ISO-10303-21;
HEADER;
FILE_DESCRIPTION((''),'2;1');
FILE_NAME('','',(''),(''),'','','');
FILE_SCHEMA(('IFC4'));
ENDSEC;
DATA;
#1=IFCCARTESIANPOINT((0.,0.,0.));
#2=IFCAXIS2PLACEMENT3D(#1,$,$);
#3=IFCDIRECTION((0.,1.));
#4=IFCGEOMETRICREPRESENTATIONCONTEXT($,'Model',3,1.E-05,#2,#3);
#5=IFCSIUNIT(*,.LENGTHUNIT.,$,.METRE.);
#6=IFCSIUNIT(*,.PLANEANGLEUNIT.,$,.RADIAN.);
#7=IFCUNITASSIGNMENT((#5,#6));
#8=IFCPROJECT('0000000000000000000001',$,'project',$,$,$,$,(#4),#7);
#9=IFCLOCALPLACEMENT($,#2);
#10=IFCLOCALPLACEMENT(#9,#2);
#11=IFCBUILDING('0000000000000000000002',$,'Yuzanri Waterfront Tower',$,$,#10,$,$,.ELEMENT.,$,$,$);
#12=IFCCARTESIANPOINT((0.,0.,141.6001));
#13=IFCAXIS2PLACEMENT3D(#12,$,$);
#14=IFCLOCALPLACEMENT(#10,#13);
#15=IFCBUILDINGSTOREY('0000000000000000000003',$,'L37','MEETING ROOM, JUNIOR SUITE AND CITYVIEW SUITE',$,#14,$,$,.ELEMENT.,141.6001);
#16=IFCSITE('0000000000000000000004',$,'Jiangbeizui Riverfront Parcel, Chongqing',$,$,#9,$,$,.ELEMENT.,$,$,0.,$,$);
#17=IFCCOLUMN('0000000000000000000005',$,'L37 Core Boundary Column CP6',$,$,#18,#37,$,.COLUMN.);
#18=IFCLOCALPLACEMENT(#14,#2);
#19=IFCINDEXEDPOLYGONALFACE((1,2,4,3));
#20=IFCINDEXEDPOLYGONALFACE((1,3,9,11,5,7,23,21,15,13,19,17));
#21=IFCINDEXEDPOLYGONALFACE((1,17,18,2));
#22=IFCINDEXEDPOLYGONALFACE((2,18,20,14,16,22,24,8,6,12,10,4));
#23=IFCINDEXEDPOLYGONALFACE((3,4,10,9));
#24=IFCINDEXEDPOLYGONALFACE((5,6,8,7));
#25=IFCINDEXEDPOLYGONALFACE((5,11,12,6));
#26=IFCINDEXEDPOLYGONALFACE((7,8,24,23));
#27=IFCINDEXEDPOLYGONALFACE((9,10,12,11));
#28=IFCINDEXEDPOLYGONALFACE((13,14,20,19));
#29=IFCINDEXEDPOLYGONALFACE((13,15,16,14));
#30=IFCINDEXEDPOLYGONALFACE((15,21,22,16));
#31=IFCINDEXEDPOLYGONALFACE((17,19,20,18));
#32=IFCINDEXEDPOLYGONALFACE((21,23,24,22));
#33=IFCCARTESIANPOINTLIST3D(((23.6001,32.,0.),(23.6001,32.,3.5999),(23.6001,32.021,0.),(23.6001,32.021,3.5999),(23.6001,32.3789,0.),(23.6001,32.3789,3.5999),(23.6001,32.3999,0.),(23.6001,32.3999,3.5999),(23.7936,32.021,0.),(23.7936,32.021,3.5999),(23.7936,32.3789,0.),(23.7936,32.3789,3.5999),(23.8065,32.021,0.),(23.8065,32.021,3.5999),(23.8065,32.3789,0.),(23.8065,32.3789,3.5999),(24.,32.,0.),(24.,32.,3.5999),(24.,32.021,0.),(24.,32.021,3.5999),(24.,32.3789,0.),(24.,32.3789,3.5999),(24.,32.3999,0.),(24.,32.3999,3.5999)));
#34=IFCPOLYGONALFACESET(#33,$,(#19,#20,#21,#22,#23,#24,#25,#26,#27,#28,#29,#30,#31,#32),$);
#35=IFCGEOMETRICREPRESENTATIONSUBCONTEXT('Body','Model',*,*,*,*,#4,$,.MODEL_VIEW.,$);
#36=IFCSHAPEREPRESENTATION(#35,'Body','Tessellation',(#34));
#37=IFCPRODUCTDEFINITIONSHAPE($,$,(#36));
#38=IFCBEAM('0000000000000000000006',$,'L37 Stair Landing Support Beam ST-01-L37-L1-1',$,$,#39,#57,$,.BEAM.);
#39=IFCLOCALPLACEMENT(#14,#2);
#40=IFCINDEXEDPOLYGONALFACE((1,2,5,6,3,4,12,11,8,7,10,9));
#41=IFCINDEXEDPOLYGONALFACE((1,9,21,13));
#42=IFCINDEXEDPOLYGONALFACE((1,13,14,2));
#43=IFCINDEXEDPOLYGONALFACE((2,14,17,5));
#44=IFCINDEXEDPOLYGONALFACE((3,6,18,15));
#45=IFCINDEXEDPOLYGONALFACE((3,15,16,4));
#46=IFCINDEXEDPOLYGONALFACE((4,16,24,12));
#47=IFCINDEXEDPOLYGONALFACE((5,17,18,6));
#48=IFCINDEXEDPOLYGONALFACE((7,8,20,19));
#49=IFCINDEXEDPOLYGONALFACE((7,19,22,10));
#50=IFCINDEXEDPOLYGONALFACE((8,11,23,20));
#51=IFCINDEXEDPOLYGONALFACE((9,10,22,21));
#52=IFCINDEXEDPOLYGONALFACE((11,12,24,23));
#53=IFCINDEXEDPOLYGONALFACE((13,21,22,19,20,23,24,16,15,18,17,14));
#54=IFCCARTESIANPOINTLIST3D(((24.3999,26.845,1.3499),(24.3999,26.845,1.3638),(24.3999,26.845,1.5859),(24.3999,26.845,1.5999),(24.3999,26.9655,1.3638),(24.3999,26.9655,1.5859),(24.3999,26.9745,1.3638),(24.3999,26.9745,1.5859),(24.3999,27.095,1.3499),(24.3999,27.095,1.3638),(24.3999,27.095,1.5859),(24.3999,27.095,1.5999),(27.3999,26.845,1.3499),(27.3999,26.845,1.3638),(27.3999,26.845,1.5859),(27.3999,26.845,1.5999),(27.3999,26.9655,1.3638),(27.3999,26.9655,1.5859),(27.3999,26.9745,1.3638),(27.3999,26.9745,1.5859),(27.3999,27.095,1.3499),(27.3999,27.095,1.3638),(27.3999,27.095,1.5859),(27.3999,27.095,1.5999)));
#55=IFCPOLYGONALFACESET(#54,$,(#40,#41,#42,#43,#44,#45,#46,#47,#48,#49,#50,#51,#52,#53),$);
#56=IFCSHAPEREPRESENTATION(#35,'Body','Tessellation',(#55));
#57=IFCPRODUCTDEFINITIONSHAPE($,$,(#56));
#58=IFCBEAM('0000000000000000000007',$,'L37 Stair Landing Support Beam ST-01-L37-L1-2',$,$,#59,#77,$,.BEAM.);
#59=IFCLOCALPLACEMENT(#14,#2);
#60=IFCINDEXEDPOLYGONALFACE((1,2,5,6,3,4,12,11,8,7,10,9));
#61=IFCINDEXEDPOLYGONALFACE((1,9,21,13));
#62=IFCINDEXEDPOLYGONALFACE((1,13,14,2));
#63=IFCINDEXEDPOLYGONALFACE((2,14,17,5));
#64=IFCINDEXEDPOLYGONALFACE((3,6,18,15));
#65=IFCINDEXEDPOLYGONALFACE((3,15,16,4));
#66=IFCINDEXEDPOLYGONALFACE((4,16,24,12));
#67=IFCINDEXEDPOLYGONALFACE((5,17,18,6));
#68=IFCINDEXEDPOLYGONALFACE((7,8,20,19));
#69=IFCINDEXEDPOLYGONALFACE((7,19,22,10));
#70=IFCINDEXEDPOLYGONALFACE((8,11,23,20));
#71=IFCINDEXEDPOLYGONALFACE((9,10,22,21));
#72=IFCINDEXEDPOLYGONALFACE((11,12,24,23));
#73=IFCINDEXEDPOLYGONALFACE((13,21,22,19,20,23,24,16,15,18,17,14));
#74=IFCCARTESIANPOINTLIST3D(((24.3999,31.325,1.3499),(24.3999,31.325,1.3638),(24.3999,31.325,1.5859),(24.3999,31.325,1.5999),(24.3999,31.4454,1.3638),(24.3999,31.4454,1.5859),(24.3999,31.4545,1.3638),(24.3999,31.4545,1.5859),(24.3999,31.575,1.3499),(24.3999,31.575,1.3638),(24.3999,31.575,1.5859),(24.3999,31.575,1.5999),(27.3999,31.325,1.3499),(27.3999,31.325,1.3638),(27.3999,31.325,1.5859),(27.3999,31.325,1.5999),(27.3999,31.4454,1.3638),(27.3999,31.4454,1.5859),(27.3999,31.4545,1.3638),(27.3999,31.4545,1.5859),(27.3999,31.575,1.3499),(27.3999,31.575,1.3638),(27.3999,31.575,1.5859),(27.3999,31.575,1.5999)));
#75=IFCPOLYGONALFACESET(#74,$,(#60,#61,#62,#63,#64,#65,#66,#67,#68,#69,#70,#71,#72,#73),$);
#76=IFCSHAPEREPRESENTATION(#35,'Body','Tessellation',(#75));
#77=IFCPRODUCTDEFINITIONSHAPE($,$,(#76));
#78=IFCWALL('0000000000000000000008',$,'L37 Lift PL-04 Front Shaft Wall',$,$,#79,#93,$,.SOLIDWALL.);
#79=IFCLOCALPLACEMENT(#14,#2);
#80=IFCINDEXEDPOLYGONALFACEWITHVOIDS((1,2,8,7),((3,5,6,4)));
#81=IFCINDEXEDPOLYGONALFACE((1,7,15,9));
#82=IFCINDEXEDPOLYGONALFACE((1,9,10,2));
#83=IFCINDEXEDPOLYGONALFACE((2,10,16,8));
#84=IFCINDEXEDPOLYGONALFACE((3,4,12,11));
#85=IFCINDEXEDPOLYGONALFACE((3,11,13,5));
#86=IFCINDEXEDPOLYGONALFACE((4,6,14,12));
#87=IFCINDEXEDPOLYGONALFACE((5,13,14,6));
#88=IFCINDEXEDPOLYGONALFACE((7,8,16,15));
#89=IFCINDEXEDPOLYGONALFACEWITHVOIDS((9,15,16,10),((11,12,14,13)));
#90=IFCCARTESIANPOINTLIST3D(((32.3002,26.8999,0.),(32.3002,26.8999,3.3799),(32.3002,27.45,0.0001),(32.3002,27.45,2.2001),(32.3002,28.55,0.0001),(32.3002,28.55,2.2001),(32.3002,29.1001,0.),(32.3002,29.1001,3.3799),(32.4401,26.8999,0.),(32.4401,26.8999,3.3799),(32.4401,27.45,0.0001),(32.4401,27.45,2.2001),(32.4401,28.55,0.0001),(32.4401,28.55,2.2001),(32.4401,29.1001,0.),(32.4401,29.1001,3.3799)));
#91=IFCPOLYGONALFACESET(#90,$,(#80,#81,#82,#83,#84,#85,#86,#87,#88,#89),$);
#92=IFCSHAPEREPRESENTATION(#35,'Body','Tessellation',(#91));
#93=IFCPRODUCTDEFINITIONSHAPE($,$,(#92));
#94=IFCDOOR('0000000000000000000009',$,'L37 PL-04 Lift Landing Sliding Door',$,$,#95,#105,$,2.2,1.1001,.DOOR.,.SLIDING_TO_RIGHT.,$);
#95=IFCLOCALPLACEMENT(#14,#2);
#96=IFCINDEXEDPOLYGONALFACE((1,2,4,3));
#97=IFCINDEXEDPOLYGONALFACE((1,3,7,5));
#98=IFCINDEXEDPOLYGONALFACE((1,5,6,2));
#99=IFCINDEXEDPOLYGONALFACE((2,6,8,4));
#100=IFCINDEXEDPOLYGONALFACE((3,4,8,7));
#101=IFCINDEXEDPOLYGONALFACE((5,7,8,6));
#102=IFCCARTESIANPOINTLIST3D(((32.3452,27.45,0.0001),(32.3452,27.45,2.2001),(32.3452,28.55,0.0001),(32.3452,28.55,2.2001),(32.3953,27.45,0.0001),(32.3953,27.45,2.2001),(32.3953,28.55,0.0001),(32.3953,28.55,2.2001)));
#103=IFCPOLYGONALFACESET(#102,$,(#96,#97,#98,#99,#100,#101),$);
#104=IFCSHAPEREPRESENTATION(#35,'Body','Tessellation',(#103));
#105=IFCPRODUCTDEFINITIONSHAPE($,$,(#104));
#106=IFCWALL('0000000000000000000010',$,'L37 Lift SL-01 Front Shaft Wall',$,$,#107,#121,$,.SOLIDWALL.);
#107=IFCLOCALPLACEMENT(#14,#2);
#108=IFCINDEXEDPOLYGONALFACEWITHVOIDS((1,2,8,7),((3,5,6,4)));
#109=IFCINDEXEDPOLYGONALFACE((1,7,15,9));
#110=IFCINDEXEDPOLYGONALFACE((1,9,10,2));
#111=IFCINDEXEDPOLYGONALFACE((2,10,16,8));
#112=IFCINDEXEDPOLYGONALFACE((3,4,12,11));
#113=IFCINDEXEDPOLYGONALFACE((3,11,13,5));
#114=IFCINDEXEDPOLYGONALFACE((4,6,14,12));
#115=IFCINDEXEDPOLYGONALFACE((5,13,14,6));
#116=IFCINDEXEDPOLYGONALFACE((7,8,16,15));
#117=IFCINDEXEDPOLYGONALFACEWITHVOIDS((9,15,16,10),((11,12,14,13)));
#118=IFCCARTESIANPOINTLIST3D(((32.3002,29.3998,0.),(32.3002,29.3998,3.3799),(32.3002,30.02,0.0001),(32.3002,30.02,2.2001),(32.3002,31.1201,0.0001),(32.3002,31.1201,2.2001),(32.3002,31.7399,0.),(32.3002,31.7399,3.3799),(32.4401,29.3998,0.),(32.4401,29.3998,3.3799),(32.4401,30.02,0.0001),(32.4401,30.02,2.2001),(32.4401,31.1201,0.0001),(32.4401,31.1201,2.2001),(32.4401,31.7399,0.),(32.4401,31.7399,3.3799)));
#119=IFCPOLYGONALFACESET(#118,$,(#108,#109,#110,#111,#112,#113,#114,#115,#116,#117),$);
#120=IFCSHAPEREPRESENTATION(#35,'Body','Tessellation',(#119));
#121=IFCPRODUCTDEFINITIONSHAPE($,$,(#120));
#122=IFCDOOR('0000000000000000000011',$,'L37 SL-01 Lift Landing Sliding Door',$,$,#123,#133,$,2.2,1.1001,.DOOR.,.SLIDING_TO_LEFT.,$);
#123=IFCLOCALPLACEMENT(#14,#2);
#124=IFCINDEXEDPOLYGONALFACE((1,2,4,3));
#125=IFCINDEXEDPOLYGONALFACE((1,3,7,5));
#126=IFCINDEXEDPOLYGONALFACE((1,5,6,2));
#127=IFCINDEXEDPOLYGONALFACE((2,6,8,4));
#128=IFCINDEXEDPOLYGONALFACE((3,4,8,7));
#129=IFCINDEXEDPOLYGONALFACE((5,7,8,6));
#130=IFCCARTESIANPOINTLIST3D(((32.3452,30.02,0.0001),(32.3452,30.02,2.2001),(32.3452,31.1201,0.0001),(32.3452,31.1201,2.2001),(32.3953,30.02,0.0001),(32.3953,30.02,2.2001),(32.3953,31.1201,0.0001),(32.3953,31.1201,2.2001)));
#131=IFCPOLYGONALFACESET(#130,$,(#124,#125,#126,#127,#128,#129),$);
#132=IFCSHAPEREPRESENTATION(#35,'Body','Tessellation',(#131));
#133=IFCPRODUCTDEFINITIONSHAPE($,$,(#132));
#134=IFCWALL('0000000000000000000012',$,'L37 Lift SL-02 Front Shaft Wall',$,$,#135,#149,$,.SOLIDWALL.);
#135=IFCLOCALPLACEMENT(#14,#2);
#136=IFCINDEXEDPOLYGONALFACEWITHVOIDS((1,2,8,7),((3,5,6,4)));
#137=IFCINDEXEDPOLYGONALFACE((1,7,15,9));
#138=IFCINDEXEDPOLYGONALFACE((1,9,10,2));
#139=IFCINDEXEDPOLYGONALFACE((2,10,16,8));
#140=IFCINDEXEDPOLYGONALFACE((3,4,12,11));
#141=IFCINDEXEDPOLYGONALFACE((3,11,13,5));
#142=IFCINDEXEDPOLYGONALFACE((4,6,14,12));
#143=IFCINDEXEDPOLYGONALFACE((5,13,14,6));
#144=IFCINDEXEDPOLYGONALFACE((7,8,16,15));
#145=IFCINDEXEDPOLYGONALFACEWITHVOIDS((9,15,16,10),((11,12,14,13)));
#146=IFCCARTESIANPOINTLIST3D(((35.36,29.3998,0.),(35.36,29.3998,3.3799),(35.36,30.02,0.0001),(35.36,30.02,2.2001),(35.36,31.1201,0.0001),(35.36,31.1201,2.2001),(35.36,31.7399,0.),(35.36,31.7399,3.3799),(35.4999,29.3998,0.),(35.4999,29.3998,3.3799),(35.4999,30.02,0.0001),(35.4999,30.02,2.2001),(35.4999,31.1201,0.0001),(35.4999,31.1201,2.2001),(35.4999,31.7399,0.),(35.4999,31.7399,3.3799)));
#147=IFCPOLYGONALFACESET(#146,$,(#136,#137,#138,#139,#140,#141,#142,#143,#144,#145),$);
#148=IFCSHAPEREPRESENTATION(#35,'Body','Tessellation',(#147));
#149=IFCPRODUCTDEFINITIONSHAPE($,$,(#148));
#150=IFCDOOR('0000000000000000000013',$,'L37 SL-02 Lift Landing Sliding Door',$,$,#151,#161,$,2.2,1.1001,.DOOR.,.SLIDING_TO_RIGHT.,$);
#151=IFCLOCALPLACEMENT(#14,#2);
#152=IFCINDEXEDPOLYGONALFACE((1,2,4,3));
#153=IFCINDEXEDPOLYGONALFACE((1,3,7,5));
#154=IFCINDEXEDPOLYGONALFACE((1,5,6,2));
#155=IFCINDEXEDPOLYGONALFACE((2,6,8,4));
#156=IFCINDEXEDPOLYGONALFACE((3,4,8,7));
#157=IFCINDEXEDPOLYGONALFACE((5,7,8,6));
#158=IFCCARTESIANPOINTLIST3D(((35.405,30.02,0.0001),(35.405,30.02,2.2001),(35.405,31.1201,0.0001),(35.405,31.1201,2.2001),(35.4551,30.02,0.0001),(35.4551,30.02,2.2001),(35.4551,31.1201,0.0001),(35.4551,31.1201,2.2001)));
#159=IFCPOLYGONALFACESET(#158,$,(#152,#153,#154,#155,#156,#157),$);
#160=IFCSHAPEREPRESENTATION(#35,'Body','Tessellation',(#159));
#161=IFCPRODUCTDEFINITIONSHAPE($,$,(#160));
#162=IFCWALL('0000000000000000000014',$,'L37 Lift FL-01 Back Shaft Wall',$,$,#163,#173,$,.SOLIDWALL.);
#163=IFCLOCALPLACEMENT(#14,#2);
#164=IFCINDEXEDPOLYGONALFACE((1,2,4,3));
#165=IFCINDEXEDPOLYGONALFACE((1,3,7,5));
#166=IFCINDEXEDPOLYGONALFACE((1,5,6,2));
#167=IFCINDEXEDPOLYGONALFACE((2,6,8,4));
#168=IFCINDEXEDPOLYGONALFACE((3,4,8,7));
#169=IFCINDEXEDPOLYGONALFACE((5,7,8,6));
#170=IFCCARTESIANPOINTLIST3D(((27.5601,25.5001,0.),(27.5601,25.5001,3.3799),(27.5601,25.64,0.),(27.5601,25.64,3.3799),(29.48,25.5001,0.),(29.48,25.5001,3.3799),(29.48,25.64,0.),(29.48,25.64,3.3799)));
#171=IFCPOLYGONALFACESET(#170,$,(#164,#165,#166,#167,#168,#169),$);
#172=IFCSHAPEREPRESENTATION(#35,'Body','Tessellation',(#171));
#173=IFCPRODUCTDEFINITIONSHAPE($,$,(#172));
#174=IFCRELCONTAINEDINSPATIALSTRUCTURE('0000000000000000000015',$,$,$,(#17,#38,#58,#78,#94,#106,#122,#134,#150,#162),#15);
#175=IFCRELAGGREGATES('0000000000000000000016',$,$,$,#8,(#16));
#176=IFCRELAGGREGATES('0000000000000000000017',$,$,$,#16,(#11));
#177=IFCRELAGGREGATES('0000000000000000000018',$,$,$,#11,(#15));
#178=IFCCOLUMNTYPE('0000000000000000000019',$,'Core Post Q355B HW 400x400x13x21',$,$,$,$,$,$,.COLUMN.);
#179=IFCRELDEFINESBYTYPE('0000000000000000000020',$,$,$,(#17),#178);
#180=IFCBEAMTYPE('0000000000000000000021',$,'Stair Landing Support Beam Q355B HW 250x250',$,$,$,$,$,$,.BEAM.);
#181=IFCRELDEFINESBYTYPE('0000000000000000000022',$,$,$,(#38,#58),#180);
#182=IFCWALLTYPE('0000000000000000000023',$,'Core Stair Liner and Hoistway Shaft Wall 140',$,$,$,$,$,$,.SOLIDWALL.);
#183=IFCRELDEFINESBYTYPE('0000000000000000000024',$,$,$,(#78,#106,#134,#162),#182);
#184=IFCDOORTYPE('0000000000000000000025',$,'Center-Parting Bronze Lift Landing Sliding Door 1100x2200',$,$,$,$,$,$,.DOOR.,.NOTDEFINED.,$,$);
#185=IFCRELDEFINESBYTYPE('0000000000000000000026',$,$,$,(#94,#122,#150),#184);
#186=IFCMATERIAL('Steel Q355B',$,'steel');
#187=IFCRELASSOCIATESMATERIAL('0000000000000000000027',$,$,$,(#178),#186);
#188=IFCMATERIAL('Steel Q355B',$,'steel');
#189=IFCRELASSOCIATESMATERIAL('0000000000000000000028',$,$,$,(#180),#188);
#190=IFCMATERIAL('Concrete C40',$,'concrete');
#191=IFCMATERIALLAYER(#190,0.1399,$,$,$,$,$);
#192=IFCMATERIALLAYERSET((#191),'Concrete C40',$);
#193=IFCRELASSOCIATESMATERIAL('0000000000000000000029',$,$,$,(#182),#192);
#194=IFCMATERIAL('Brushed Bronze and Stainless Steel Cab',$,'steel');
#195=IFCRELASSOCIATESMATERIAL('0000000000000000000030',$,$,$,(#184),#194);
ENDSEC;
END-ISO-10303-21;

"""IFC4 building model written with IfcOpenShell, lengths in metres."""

from ifc_helpers import new_model, si_unit, direction, frame, frame_2d, origin, origin_2d, place, context, subcontext, project, spatial, rectangle, i_section, extrude, source, transform, mapped, material, layer, layer_set, material_profile, profile_set, type_object, element, fill, save


model = new_model("IFC4")

# Units and contexts
model_context = context("Model", 3, precision=1e-05, world=origin(), true_north=direction((0.0, 1.0)))
body_context = subcontext(model_context, "Body", "Model", "MODEL_VIEW")
ifc_project = project(units=[si_unit("LENGTHUNIT", "METRE"), si_unit("PLANEANGLEUNIT", "RADIAN")], contexts=[model_context])

# Site, building, storey
site_placement = place(None, origin())
site = spatial("IfcSite", under=ifc_project, at=site_placement, Name="Jiangbeizui Riverfront Parcel, Chongqing", CompositionType="ELEMENT", RefElevation=0.0)
building_placement = place(site_placement, origin())
building = spatial("IfcBuilding", under=site, at=building_placement, Name="Yuzanri Waterfront Tower", CompositionType="ELEMENT")
storey_placement = place(building_placement, frame((0.0, 0.0, 141.6001)))
storey = spatial("IfcBuildingStorey", under=building, at=storey_placement, Name="L37", Description="MEETING ROOM, JUNIOR SUITE AND CITYVIEW SUITE", CompositionType="ELEMENT", Elevation=141.6001)

# Column
ifc_material_1 = material(Name="Steel Q355B", Category="steel")
ifc_material_profile_1 = material_profile(ifc_material_1, i_section(OverallWidth=0.3999, OverallDepth=0.3999, WebThickness=0.0129, FlangeThickness=0.021, at=origin_2d()), Name="HW 400x400x13x21")
ifc_profile_set_1 = profile_set([ifc_material_profile_1], Name="Steel Q355B")
column_type = type_object("IfcColumnType", Name="Core Post Q355B HW 400x400x13x21", PredefinedType="COLUMN", material=ifc_profile_set_1)
shared_shape_1 = source(origin(), body_context, "Body", "SweptSolid", [
    extrude(i_section(OverallWidth=0.3999, OverallDepth=0.3999, WebThickness=0.0129, FlangeThickness=0.021, at=origin_2d()), origin(), (0.0, 0.0, 1.0), 3.5999),
])
column_placement = place(storey_placement, frame((23.8, 32.2, 0.0), z_axis=(0.0, 0.0, 1.0), x_axis=(1.0, 0.0, 0.0)))
element("IfcColumn", 1, at=column_placement, inside=storey, type_object=column_type, Name="L37 Core Boundary Column CP6", PredefinedType="COLUMN", context=body_context, shape_type="MappedRepresentation", body=[
    mapped(shared_shape_1, transform((0.0, 0.0, 0.0), scale=1.0)),
])

# Beams
ifc_material_2 = material(Name="Steel Q355B", Category="steel")
ifc_material_profile_2 = material_profile(ifc_material_2, i_section(OverallWidth=0.25, OverallDepth=0.25, WebThickness=0.009, FlangeThickness=0.0139, at=origin_2d()), Name="HW 250x250x9x14")
ifc_profile_set_2 = profile_set([ifc_material_profile_2], Name="Steel Q355B")
beam_type = type_object("IfcBeamType", Name="Stair Landing Support Beam Q355B HW 250x250", PredefinedType="BEAM", material=ifc_profile_set_2)
shared_shape_2 = source(origin(), body_context, "Body", "SweptSolid", [
    extrude(i_section(OverallWidth=0.25, OverallDepth=0.25, WebThickness=0.009, FlangeThickness=0.0139, at=origin_2d()), origin(), (0.0, 0.0, 1.0), 3.0),
])
for number, where, z_axis, x_axis, name in (
    (2, (24.3999, 26.97, 1.4749), (1.0, 0.0, 0.0), (0.0, 1.0, 0.0), "L37 Stair Landing Support Beam ST-01-L37-L1-1"),
    (3, (24.3999, 31.45, 1.4749), (1.0, 0.0, 0.0), (0.0, 1.0, 0.0), "L37 Stair Landing Support Beam ST-01-L37-L1-2"),
):
    element("IfcBeam", number, at=place(storey_placement, frame(where, z_axis=z_axis, x_axis=x_axis)), inside=storey, type_object=beam_type, Name=name, PredefinedType="BEAM", context=body_context, shape_type="MappedRepresentation", body=[
        mapped(shared_shape_2, transform((0.0, 0.0, 0.0), scale=1.0)),
    ])

# Walls, openings, doors
ifc_material_3 = material(Name="Concrete C40", Category="concrete")
ifc_layer_1 = layer(ifc_material_3, 0.1399)
ifc_layer_set_1 = layer_set([ifc_layer_1], Name="Concrete C40")
wall_type_1 = type_object("IfcWallType", Name="Core Stair Liner and Hoistway Shaft Wall 140", PredefinedType="SOLIDWALL", material=ifc_layer_set_1)
wall_1_placement = place(storey_placement, frame((32.3701, 26.8999, 0.0), z_axis=(0.0, 0.0, 1.0), x_axis=(0.0, 1.0, 0.0)))
wall_1 = element("IfcWall", 4, at=wall_1_placement, inside=storey, type_object=wall_type_1, Name="L37 Lift PL-04 Front Shaft Wall", PredefinedType="SOLIDWALL", context=body_context, shape_type="SweptSolid", body=[
    extrude(rectangle(XDim=2.2002, YDim=0.1399, at=frame_2d((1.1001, 0.0))), origin(), (0.0, 0.0, 1.0), 3.3799),
])
opening_1_placement = place(wall_1_placement, frame((0.55, 0.0, 0.0)))
opening_1 = element("IfcOpeningElement", 5, at=opening_1_placement, cuts=wall_1, PredefinedType="OPENING", context=body_context, shape_type="SweptSolid", body=[
    extrude(rectangle(XDim=1.1001, YDim=2.2, at=frame_2d((0.55, 1.1001))), frame((0.0, 0.085, 0.0), z_axis=(0.0, -1.0, 0.0), x_axis=(1.0, 0.0, 0.0)), (0.0, 0.0, 1.0), 0.1697),
])
ifc_material_4 = material(Name="Brushed Bronze and Stainless Steel Cab", Category="steel")
door_type_1 = type_object("IfcDoorType", Name="Center-Parting Bronze Lift Landing Sliding Door 1100x2200", OperationType="NOTDEFINED", PredefinedType="DOOR", material=ifc_material_4)
shared_shape_3 = source(origin(), body_context, "Body", "SweptSolid", [
    extrude(rectangle(XDim=1.1001, YDim=2.2, at=frame_2d((0.55, 1.1001))), frame((0.0, 0.0249, 0.0), z_axis=(0.0, -1.0, 0.0), x_axis=(1.0, 0.0, 0.0)), (0.0, 0.0, 1.0), 0.05),
])
door_1_placement = place(opening_1_placement, origin())
door_1 = element("IfcDoor", 6, at=door_1_placement, inside=storey, type_object=door_type_1, Name="L37 PL-04 Lift Landing Sliding Door", OperationType="SLIDING_TO_RIGHT", OverallHeight=2.2, OverallWidth=1.1001, PredefinedType="DOOR", context=body_context, shape_type="MappedRepresentation", body=[
    mapped(shared_shape_3, transform((0.0, 0.0, 0.0), scale=1.0)),
])
fill(opening_1, door_1)
wall_2_placement = place(storey_placement, frame((32.3701, 29.3999, 0.0), z_axis=(0.0, 0.0, 1.0), x_axis=(0.0, 1.0, 0.0)))
wall_2 = element("IfcWall", 7, at=wall_2_placement, inside=storey, type_object=wall_type_1, Name="L37 Lift SL-01 Front Shaft Wall", PredefinedType="SOLIDWALL", context=body_context, shape_type="SweptSolid", body=[
    extrude(rectangle(XDim=2.3401, YDim=0.1399, at=frame_2d((1.1699, 0.0))), origin(), (0.0, 0.0, 1.0), 3.3799),
])
opening_2_placement = place(wall_2_placement, frame((0.6201, 0.0, 0.0)))
opening_2 = element("IfcOpeningElement", 8, at=opening_2_placement, cuts=wall_2, PredefinedType="OPENING", context=body_context, shape_type="SweptSolid", body=[
    extrude(rectangle(XDim=1.1001, YDim=2.2, at=frame_2d((0.55, 1.1001))), frame((0.0, 0.085, 0.0), z_axis=(0.0, -1.0, 0.0), x_axis=(1.0, 0.0, 0.0)), (0.0, 0.0, 1.0), 0.1697),
])
door_2_placement = place(opening_2_placement, origin())
door_2 = element("IfcDoor", 9, at=door_2_placement, inside=storey, type_object=door_type_1, Name="L37 SL-01 Lift Landing Sliding Door", OperationType="SLIDING_TO_LEFT", OverallHeight=2.2, OverallWidth=1.1001, PredefinedType="DOOR", context=body_context, shape_type="MappedRepresentation", body=[
    mapped(shared_shape_3, transform((0.0, 0.0, 0.0), scale=1.0)),
])
fill(opening_2, door_2)
wall_3_placement = place(storey_placement, frame((35.4299, 29.3999, 0.0), z_axis=(0.0, 0.0, 1.0), x_axis=(0.0, 1.0, 0.0)))
wall_3 = element("IfcWall", 10, at=wall_3_placement, inside=storey, type_object=wall_type_1, Name="L37 Lift SL-02 Front Shaft Wall", PredefinedType="SOLIDWALL", context=body_context, shape_type="SweptSolid", body=[
    extrude(rectangle(XDim=2.3401, YDim=0.1399, at=frame_2d((1.1699, 0.0))), origin(), (0.0, 0.0, 1.0), 3.3799),
])
opening_3_placement = place(wall_3_placement, frame((0.6201, 0.0, 0.0)))
opening_3 = element("IfcOpeningElement", 11, at=opening_3_placement, cuts=wall_3, PredefinedType="OPENING", context=body_context, shape_type="SweptSolid", body=[
    extrude(rectangle(XDim=1.1001, YDim=2.2, at=frame_2d((0.55, 1.1001))), frame((0.0, 0.085, 0.0), z_axis=(0.0, -1.0, 0.0), x_axis=(1.0, 0.0, 0.0)), (0.0, 0.0, 1.0), 0.1697),
])
door_3_placement = place(opening_3_placement, origin())
door_3 = element("IfcDoor", 12, at=door_3_placement, inside=storey, type_object=door_type_1, Name="L37 SL-02 Lift Landing Sliding Door", OperationType="SLIDING_TO_RIGHT", OverallHeight=2.2, OverallWidth=1.1001, PredefinedType="DOOR", context=body_context, shape_type="MappedRepresentation", body=[
    mapped(shared_shape_3, transform((0.0, 0.0, 0.0), scale=1.0)),
])
fill(opening_3, door_3)

# Wall
shared_shape_4 = source(origin(), body_context, "Body", "SweptSolid", [
    extrude(rectangle(XDim=1.9199, YDim=0.1399, at=frame_2d((0.96, 0.0))), origin(), (0.0, 0.0, 1.0), 3.3799),
])
wall_4_placement = place(storey_placement, frame((27.5601, 25.5701, 0.0), z_axis=(0.0, 0.0, 1.0), x_axis=(1.0, 0.0, 0.0)))
element("IfcWall", 13, at=wall_4_placement, inside=storey, type_object=wall_type_1, Name="L37 Lift FL-01 Back Shaft Wall", PredefinedType="SOLIDWALL", context=body_context, shape_type="MappedRepresentation", body=[
    mapped(shared_shape_4, transform((0.0, 0.0, 0.0), scale=1.0)),
])

save(model, "model.ifc")
